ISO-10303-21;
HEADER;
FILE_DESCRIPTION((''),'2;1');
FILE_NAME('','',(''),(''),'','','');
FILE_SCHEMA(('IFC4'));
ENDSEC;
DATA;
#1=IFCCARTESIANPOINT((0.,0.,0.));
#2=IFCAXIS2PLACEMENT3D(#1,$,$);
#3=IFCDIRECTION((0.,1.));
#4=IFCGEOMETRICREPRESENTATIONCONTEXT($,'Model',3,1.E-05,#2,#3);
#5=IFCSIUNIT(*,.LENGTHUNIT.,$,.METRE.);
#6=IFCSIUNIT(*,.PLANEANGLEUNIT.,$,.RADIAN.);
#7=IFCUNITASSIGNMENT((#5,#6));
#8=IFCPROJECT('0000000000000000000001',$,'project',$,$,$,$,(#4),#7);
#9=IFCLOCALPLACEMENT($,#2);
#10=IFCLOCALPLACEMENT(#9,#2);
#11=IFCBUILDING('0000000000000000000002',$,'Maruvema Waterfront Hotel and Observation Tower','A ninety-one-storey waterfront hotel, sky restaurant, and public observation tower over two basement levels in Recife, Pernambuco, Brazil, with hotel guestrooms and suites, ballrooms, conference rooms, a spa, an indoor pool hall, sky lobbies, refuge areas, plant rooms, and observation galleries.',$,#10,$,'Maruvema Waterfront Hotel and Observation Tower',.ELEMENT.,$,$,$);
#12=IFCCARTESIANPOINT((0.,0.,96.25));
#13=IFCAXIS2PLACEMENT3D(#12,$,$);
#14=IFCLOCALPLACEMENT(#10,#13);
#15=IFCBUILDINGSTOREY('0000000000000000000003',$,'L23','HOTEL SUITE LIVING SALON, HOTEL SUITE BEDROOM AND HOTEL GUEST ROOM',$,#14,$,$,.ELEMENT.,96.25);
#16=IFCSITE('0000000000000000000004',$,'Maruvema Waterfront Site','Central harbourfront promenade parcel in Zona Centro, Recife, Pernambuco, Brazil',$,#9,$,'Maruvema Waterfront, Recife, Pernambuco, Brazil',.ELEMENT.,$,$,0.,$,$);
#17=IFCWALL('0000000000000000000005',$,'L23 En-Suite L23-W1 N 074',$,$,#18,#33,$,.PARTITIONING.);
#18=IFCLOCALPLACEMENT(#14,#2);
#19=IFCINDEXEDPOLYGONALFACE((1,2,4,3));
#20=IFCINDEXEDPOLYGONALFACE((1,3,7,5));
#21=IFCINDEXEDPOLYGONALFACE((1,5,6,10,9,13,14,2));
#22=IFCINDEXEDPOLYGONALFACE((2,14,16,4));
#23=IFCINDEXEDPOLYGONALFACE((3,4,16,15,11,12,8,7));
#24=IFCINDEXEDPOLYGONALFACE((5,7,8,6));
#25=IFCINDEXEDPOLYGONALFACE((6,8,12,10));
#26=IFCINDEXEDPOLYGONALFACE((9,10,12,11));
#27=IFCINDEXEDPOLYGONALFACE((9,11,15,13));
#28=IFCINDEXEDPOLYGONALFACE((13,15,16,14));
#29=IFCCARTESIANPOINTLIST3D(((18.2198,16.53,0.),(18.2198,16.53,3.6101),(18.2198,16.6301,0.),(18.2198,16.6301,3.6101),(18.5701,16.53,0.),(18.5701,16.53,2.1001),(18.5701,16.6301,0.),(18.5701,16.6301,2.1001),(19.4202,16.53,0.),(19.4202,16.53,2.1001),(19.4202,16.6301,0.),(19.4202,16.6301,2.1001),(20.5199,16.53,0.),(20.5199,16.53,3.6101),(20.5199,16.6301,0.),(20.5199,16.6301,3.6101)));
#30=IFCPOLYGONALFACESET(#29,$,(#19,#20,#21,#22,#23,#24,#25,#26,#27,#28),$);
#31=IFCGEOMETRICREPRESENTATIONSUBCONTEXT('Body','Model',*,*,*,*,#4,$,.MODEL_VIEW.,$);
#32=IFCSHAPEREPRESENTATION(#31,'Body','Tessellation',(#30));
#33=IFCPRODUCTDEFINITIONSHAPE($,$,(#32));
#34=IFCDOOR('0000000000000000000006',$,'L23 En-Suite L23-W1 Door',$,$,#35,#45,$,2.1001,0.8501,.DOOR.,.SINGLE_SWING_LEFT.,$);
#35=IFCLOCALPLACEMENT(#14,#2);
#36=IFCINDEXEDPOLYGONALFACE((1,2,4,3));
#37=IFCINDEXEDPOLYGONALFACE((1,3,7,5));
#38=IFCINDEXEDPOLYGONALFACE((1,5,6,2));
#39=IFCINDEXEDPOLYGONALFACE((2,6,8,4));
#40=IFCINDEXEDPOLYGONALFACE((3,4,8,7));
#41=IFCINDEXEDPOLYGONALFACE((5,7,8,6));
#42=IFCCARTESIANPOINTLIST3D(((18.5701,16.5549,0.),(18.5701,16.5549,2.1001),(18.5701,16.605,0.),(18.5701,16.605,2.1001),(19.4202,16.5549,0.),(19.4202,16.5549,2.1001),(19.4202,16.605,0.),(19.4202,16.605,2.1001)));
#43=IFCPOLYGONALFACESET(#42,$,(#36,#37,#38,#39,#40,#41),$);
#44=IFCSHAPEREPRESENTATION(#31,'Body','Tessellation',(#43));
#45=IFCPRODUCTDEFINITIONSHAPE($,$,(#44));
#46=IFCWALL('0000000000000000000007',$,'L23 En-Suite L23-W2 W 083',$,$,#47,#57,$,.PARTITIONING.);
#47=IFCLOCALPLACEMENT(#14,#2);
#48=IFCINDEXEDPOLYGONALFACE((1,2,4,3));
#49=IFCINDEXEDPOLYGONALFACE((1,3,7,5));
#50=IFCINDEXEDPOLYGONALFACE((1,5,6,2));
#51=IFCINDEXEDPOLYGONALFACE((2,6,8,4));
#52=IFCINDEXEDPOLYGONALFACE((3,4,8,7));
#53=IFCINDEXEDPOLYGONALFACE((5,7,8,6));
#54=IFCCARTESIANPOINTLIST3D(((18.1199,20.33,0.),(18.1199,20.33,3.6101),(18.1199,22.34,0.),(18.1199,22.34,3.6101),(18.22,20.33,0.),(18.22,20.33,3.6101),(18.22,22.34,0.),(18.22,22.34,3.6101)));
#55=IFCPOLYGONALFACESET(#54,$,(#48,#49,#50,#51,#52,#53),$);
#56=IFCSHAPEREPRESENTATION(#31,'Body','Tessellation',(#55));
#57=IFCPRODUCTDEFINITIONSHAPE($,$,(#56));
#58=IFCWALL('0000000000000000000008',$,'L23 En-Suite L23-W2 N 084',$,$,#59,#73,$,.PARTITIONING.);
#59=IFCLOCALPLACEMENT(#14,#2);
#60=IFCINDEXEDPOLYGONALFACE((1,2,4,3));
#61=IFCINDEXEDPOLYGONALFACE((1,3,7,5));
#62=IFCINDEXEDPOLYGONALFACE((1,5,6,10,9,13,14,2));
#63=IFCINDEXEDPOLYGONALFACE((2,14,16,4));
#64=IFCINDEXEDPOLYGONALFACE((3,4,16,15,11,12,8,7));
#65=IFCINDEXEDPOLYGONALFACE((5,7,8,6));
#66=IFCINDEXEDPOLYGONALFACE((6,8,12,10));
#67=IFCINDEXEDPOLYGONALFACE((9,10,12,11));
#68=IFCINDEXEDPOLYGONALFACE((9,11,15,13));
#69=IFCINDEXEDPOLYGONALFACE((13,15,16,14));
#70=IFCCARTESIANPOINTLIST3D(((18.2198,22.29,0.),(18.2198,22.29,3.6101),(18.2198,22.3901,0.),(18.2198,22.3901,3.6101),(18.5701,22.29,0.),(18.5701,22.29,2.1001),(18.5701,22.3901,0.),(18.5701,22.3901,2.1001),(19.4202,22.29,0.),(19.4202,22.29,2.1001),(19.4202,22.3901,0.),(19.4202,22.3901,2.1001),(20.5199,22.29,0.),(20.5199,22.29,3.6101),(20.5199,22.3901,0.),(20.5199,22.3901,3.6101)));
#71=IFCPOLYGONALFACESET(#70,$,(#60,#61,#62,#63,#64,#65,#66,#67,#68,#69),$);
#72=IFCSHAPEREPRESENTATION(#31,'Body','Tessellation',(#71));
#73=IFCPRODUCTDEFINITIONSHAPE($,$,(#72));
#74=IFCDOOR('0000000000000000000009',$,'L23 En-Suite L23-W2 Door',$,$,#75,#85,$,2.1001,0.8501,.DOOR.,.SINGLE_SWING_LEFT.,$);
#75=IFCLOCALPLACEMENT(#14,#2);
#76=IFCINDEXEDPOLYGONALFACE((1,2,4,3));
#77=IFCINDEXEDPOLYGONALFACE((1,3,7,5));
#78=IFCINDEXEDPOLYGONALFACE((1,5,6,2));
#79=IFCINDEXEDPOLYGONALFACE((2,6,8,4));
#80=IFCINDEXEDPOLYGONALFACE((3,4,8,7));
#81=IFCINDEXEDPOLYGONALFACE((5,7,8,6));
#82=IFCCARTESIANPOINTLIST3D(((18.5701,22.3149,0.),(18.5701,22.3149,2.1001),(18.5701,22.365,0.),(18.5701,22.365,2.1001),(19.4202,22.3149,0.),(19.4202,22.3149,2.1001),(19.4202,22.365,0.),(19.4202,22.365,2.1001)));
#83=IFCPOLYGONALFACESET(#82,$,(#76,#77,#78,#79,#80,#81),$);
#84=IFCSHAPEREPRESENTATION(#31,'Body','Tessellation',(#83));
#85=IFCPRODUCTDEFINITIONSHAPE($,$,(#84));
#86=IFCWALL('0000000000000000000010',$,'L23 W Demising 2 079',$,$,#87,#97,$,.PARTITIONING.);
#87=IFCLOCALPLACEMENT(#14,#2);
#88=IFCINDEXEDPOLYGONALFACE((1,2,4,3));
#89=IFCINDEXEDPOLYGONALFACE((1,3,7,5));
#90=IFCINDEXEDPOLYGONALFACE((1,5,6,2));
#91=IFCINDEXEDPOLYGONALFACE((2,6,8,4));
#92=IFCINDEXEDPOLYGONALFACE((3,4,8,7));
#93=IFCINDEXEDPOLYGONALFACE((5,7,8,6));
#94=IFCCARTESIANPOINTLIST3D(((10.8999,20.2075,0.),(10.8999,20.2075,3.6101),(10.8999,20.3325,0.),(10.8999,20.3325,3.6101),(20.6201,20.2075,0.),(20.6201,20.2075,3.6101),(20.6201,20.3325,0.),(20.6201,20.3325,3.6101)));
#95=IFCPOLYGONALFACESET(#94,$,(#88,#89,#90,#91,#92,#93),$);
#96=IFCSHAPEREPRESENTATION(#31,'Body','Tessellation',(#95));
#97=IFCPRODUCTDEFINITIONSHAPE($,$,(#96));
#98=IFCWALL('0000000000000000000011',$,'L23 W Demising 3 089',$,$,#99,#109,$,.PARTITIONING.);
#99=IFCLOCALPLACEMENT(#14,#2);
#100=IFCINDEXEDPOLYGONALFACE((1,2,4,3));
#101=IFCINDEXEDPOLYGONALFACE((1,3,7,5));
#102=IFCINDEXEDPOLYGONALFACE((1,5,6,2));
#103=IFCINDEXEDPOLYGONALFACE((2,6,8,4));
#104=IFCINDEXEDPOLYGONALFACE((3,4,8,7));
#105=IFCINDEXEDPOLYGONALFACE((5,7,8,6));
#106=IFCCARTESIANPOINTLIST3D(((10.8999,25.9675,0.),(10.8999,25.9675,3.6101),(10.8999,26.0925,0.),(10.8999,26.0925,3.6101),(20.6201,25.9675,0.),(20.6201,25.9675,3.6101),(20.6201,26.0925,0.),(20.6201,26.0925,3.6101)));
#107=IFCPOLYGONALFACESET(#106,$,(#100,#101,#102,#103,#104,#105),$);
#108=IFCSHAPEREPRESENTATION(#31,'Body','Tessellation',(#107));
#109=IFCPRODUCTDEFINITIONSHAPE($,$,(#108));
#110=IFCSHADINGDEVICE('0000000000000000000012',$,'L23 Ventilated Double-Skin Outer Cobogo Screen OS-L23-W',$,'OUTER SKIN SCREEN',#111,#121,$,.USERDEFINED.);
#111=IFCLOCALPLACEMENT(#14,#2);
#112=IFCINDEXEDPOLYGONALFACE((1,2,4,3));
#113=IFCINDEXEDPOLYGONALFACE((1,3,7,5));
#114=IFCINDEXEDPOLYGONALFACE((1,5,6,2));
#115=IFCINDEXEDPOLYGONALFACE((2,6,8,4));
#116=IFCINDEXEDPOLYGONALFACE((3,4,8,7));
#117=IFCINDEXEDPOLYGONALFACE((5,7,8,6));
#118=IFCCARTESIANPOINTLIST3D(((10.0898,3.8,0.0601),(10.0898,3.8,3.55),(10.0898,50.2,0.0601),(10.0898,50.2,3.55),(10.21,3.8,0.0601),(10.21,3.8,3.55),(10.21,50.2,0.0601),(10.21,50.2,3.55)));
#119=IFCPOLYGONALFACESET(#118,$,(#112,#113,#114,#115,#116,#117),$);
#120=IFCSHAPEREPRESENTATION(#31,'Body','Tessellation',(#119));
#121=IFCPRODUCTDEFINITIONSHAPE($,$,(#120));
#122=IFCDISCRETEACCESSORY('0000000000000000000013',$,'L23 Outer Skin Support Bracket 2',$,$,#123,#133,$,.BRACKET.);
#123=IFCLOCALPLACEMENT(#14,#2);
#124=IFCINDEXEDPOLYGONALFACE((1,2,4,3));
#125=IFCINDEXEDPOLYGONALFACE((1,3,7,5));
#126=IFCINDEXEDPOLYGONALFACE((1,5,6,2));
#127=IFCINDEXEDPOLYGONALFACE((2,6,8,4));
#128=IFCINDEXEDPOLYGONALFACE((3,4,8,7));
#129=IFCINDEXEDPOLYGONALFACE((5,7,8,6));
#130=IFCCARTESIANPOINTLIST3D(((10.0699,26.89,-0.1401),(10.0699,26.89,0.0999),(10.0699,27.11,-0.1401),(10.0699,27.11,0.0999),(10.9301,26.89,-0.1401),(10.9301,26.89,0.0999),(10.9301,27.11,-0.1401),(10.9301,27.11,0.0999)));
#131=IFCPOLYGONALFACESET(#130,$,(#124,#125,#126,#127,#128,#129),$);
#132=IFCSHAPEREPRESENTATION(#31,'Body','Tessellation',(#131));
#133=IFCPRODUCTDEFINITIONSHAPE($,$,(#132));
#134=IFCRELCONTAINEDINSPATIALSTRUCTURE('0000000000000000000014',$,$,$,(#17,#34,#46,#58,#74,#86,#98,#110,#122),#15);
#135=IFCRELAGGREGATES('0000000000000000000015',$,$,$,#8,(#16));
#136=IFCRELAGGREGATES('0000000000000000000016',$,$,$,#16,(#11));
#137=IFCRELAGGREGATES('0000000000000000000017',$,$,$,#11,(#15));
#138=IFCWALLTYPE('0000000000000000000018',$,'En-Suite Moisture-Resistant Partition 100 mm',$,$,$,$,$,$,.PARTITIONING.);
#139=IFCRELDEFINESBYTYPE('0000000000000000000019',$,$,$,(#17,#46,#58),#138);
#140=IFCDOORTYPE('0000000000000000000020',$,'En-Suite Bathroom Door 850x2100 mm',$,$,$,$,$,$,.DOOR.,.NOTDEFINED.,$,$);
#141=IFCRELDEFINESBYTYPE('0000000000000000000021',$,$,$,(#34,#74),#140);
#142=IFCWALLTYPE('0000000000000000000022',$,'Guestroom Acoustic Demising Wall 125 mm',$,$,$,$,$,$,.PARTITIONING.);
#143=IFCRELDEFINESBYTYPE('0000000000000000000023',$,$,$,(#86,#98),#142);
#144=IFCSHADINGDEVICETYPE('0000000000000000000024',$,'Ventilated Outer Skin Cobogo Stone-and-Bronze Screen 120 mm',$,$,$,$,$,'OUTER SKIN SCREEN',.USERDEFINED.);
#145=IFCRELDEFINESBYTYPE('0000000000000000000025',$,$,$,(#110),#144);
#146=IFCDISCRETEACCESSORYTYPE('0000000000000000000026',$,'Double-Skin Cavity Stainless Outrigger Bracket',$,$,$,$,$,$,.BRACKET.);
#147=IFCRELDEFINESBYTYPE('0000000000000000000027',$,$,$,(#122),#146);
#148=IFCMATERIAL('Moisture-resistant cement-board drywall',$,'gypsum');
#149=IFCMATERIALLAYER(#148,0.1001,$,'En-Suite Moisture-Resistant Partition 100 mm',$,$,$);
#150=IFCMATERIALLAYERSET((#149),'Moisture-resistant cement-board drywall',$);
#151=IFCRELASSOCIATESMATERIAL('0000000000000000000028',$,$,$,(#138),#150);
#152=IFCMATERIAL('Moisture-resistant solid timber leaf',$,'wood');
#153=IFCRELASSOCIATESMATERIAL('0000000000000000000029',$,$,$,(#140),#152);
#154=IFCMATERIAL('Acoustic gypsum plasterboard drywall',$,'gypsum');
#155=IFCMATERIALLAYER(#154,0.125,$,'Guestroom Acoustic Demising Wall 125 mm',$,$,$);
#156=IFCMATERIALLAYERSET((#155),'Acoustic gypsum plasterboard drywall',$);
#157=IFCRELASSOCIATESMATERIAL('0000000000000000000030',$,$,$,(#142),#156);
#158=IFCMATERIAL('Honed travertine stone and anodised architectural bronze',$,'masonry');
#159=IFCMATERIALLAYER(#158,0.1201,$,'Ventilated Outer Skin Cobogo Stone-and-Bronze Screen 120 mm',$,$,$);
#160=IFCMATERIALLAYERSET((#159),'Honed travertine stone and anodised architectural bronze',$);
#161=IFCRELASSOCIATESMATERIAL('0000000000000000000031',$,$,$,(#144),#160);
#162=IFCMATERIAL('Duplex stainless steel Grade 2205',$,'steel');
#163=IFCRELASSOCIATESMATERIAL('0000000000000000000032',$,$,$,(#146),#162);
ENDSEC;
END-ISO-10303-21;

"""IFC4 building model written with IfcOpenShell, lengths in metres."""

from ifc_helpers import new_model, si_unit, direction, frame, frame_2d, origin, origin_2d, place, context, subcontext, project, spatial, rectangle, extrude, material, layer, layer_set, type_object, element, fill, save


model = new_model("IFC4")

# Units and contexts
model_context = context("Model", 3, precision=1e-05, world=origin(), true_north=direction((0.0, 1.0)))
body_context = subcontext(model_context, "Body", "Model", "MODEL_VIEW")
ifc_project = project(units=[si_unit("LENGTHUNIT", "METRE"), si_unit("PLANEANGLEUNIT", "RADIAN")], contexts=[model_context])

# Site, building, storey
site_placement = place(None, origin())
site = spatial("IfcSite", under=ifc_project, at=site_placement, Name="Maruvema Waterfront Site", Description="Central harbourfront promenade parcel in Zona Centro, Recife, Pernambuco, Brazil", LongName="Maruvema Waterfront, Recife, Pernambuco, Brazil", CompositionType="ELEMENT", RefElevation=0.0)
building_placement = place(site_placement, origin())
building = spatial("IfcBuilding", under=site, at=building_placement, Name="Maruvema Waterfront Hotel and Observation Tower", Description="A ninety-one-storey waterfront hotel, sky restaurant, and public observation tower over two basement levels in Recife, Pernambuco, Brazil, with hotel guestrooms and suites, ballrooms, conference rooms, a spa, an indoor pool hall, sky lobbies, refuge areas, plant rooms, and observation galleries.", LongName="Maruvema Waterfront Hotel and Observation Tower", CompositionType="ELEMENT")
storey_placement = place(building_placement, frame((0.0, 0.0, 96.25)))
storey = spatial("IfcBuildingStorey", under=building, at=storey_placement, Name="L23", Description="HOTEL SUITE LIVING SALON, HOTEL SUITE BEDROOM AND HOTEL GUEST ROOM", CompositionType="ELEMENT", Elevation=96.25)

# Wall, opening, door
ifc_material_1 = material(Name="Moisture-resistant cement-board drywall", Category="gypsum")
ifc_layer_1 = layer(ifc_material_1, 0.1001, Name="En-Suite Moisture-Resistant Partition 100 mm")
ifc_layer_set_1 = layer_set([ifc_layer_1], Name="Moisture-resistant cement-board drywall")
wall_type_1 = type_object("IfcWallType", Name="En-Suite Moisture-Resistant Partition 100 mm", PredefinedType="PARTITIONING", material=ifc_layer_set_1)
wall_1_placement = place(storey_placement, frame((18.22, 16.5801, 0.0), z_axis=(0.0, 0.0, 1.0), x_axis=(1.0, 0.0, 0.0)))
wall_1 = element("IfcWall", 1, at=wall_1_placement, inside=storey, type_object=wall_type_1, Name="L23 En-Suite L23-W1 N 074", PredefinedType="PARTITIONING", context=body_context, shape_type="SweptSolid", body=[
    extrude(rectangle(XDim=2.3, YDim=0.1001, at=frame_2d((1.1499, 0.0))), origin(), (0.0, 0.0, 1.0), 3.6101),
])
opening_1_placement = place(wall_1_placement, frame((0.3501, 0.0, 0.0)))
opening_1 = element("IfcOpeningElement", 2, at=opening_1_placement, cuts=wall_1, PredefinedType="OPENING", context=body_context, shape_type="SweptSolid", body=[
    extrude(rectangle(XDim=0.8501, YDim=2.1001, at=frame_2d((0.425, 1.05))), frame((0.0, 0.0601, 0.0), z_axis=(0.0, -1.0, 0.0), x_axis=(1.0, 0.0, 0.0)), (0.0, 0.0, 1.0), 0.1201),
])
ifc_material_2 = material(Name="Moisture-resistant solid timber leaf", Category="wood")
door_type_1 = type_object("IfcDoorType", Name="En-Suite Bathroom Door 850x2100 mm", OperationType="NOTDEFINED", PredefinedType="DOOR", material=ifc_material_2)
door_1_placement = place(opening_1_placement, origin())
door_1 = element("IfcDoor", 3, at=door_1_placement, inside=storey, type_object=door_type_1, Name="L23 En-Suite L23-W1 Door", OperationType="SINGLE_SWING_LEFT", OverallHeight=2.1001, OverallWidth=0.8501, PredefinedType="DOOR", context=body_context, shape_type="SweptSolid", body=[
    extrude(rectangle(XDim=0.8501, YDim=2.1001, at=frame_2d((0.425, 1.05))), frame((0.0, 0.0249, 0.0), z_axis=(0.0, -1.0, 0.0), x_axis=(1.0, 0.0, 0.0)), (0.0, 0.0, 1.0), 0.05),
])
fill(opening_1, door_1)

# Wall
wall_2_placement = place(storey_placement, frame((18.1699, 20.3301, 0.0), z_axis=(0.0, 0.0, 1.0), x_axis=(0.0, 1.0, 0.0)))
element("IfcWall", 4, at=wall_2_placement, inside=storey, type_object=wall_type_1, Name="L23 En-Suite L23-W2 W 083", PredefinedType="PARTITIONING", context=body_context, shape_type="SweptSolid", body=[
    extrude(rectangle(XDim=2.01, YDim=0.1001, at=frame_2d((1.0049, 0.0))), origin(), (0.0, 0.0, 1.0), 3.6101),
])

# Wall, opening, door
wall_3_placement = place(storey_placement, frame((18.22, 22.3401, 0.0), z_axis=(0.0, 0.0, 1.0), x_axis=(1.0, 0.0, 0.0)))
wall_3 = element("IfcWall", 5, at=wall_3_placement, inside=storey, type_object=wall_type_1, Name="L23 En-Suite L23-W2 N 084", PredefinedType="PARTITIONING", context=body_context, shape_type="SweptSolid", body=[
    extrude(rectangle(XDim=2.3, YDim=0.1001, at=frame_2d((1.1499, 0.0))), origin(), (0.0, 0.0, 1.0), 3.6101),
])
opening_2_placement = place(wall_3_placement, frame((0.3501, 0.0, 0.0)))
opening_2 = element("IfcOpeningElement", 6, at=opening_2_placement, cuts=wall_3, PredefinedType="OPENING", context=body_context, shape_type="SweptSolid", body=[
    extrude(rectangle(XDim=0.8501, YDim=2.1001, at=frame_2d((0.425, 1.05))), frame((0.0, 0.0601, 0.0), z_axis=(0.0, -1.0, 0.0), x_axis=(1.0, 0.0, 0.0)), (0.0, 0.0, 1.0), 0.1201),
])
door_2_placement = place(opening_2_placement, origin())
door_2 = element("IfcDoor", 7, at=door_2_placement, inside=storey, type_object=door_type_1, Name="L23 En-Suite L23-W2 Door", OperationType="SINGLE_SWING_LEFT", OverallHeight=2.1001, OverallWidth=0.8501, PredefinedType="DOOR", context=body_context, shape_type="SweptSolid", body=[
    extrude(rectangle(XDim=0.8501, YDim=2.1001, at=frame_2d((0.425, 1.05))), frame((0.0, 0.0249, 0.0), z_axis=(0.0, -1.0, 0.0), x_axis=(1.0, 0.0, 0.0)), (0.0, 0.0, 1.0), 0.05),
])
fill(opening_2, door_2)

# Walls
ifc_material_3 = material(Name="Acoustic gypsum plasterboard drywall", Category="gypsum")
ifc_layer_2 = layer(ifc_material_3, 0.125, Name="Guestroom Acoustic Demising Wall 125 mm")
ifc_layer_set_2 = layer_set([ifc_layer_2], Name="Acoustic gypsum plasterboard drywall")
wall_type_2 = type_object("IfcWallType", Name="Guestroom Acoustic Demising Wall 125 mm", PredefinedType="PARTITIONING", material=ifc_layer_set_2)
for number, where, z_axis, x_axis, name in (
    (8, (10.8999, 20.27, 0.0), (0.0, 0.0, 1.0), (1.0, 0.0, 0.0), "L23 W Demising 2 079"),
    (9, (10.8999, 26.03, 0.0), (0.0, 0.0, 1.0), (1.0, 0.0, 0.0), "L23 W Demising 3 089"),
):
    element("IfcWall", number, at=place(storey_placement, frame(where, z_axis=z_axis, x_axis=x_axis)), inside=storey, type_object=wall_type_2, Name=name, PredefinedType="PARTITIONING", context=body_context, shape_type="SweptSolid", body=[
        extrude(rectangle(XDim=9.7202, YDim=0.125, at=frame_2d((4.8601, 0.0))), origin(), (0.0, 0.0, 1.0), 3.6101),
    ])

# Shading device
ifc_material_4 = material(Name="Honed travertine stone and anodised architectural bronze", Category="masonry")
ifc_layer_3 = layer(ifc_material_4, 0.1201, Name="Ventilated Outer Skin Cobogo Stone-and-Bronze Screen 120 mm")
ifc_layer_set_3 = layer_set([ifc_layer_3], Name="Honed travertine stone and anodised architectural bronze")
shading_device_type = type_object("IfcShadingDeviceType", Name="Ventilated Outer Skin Cobogo Stone-and-Bronze Screen 120 mm", ElementType="OUTER SKIN SCREEN", PredefinedType="USERDEFINED", material=ifc_layer_set_3)
shading_device_placement = place(storey_placement, frame((10.1499, 27.0, 0.0601), z_axis=(0.0, 0.0, 1.0), x_axis=(0.0, -1.0, 0.0)))
element("IfcShadingDevice", 10, at=shading_device_placement, inside=storey, type_object=shading_device_type, Name="L23 Ventilated Double-Skin Outer Cobogo Screen OS-L23-W", ObjectType="OUTER SKIN SCREEN", PredefinedType="USERDEFINED", context=body_context, shape_type="SweptSolid", body=[
    extrude(rectangle(XDim=46.3999, YDim=0.1201, at=origin_2d()), origin(), (0.0, 0.0, 1.0), 3.49),
])

# Discrete accessory
ifc_material_5 = material(Name="Duplex stainless steel Grade 2205", Category="steel")
discrete_accessory_type = type_object("IfcDiscreteAccessoryType", Name="Double-Skin Cavity Stainless Outrigger Bracket", PredefinedType="BRACKET", material=ifc_material_5)
discrete_accessory_placement = place(storey_placement, frame((10.5, 27.0, -0.1401), z_axis=(0.0, 0.0, 1.0), x_axis=(0.0, -1.0, 0.0)))
element("IfcDiscreteAccessory", 11, at=discrete_accessory_placement, inside=storey, type_object=discrete_accessory_type, Name="L23 Outer Skin Support Bracket 2", PredefinedType="BRACKET", context=body_context, shape_type="SweptSolid", body=[
    extrude(rectangle(XDim=0.22, YDim=0.8601, at=origin_2d()), origin(), (0.0, 0.0, 1.0), 0.24),
])

save(model, "model.ifc")
